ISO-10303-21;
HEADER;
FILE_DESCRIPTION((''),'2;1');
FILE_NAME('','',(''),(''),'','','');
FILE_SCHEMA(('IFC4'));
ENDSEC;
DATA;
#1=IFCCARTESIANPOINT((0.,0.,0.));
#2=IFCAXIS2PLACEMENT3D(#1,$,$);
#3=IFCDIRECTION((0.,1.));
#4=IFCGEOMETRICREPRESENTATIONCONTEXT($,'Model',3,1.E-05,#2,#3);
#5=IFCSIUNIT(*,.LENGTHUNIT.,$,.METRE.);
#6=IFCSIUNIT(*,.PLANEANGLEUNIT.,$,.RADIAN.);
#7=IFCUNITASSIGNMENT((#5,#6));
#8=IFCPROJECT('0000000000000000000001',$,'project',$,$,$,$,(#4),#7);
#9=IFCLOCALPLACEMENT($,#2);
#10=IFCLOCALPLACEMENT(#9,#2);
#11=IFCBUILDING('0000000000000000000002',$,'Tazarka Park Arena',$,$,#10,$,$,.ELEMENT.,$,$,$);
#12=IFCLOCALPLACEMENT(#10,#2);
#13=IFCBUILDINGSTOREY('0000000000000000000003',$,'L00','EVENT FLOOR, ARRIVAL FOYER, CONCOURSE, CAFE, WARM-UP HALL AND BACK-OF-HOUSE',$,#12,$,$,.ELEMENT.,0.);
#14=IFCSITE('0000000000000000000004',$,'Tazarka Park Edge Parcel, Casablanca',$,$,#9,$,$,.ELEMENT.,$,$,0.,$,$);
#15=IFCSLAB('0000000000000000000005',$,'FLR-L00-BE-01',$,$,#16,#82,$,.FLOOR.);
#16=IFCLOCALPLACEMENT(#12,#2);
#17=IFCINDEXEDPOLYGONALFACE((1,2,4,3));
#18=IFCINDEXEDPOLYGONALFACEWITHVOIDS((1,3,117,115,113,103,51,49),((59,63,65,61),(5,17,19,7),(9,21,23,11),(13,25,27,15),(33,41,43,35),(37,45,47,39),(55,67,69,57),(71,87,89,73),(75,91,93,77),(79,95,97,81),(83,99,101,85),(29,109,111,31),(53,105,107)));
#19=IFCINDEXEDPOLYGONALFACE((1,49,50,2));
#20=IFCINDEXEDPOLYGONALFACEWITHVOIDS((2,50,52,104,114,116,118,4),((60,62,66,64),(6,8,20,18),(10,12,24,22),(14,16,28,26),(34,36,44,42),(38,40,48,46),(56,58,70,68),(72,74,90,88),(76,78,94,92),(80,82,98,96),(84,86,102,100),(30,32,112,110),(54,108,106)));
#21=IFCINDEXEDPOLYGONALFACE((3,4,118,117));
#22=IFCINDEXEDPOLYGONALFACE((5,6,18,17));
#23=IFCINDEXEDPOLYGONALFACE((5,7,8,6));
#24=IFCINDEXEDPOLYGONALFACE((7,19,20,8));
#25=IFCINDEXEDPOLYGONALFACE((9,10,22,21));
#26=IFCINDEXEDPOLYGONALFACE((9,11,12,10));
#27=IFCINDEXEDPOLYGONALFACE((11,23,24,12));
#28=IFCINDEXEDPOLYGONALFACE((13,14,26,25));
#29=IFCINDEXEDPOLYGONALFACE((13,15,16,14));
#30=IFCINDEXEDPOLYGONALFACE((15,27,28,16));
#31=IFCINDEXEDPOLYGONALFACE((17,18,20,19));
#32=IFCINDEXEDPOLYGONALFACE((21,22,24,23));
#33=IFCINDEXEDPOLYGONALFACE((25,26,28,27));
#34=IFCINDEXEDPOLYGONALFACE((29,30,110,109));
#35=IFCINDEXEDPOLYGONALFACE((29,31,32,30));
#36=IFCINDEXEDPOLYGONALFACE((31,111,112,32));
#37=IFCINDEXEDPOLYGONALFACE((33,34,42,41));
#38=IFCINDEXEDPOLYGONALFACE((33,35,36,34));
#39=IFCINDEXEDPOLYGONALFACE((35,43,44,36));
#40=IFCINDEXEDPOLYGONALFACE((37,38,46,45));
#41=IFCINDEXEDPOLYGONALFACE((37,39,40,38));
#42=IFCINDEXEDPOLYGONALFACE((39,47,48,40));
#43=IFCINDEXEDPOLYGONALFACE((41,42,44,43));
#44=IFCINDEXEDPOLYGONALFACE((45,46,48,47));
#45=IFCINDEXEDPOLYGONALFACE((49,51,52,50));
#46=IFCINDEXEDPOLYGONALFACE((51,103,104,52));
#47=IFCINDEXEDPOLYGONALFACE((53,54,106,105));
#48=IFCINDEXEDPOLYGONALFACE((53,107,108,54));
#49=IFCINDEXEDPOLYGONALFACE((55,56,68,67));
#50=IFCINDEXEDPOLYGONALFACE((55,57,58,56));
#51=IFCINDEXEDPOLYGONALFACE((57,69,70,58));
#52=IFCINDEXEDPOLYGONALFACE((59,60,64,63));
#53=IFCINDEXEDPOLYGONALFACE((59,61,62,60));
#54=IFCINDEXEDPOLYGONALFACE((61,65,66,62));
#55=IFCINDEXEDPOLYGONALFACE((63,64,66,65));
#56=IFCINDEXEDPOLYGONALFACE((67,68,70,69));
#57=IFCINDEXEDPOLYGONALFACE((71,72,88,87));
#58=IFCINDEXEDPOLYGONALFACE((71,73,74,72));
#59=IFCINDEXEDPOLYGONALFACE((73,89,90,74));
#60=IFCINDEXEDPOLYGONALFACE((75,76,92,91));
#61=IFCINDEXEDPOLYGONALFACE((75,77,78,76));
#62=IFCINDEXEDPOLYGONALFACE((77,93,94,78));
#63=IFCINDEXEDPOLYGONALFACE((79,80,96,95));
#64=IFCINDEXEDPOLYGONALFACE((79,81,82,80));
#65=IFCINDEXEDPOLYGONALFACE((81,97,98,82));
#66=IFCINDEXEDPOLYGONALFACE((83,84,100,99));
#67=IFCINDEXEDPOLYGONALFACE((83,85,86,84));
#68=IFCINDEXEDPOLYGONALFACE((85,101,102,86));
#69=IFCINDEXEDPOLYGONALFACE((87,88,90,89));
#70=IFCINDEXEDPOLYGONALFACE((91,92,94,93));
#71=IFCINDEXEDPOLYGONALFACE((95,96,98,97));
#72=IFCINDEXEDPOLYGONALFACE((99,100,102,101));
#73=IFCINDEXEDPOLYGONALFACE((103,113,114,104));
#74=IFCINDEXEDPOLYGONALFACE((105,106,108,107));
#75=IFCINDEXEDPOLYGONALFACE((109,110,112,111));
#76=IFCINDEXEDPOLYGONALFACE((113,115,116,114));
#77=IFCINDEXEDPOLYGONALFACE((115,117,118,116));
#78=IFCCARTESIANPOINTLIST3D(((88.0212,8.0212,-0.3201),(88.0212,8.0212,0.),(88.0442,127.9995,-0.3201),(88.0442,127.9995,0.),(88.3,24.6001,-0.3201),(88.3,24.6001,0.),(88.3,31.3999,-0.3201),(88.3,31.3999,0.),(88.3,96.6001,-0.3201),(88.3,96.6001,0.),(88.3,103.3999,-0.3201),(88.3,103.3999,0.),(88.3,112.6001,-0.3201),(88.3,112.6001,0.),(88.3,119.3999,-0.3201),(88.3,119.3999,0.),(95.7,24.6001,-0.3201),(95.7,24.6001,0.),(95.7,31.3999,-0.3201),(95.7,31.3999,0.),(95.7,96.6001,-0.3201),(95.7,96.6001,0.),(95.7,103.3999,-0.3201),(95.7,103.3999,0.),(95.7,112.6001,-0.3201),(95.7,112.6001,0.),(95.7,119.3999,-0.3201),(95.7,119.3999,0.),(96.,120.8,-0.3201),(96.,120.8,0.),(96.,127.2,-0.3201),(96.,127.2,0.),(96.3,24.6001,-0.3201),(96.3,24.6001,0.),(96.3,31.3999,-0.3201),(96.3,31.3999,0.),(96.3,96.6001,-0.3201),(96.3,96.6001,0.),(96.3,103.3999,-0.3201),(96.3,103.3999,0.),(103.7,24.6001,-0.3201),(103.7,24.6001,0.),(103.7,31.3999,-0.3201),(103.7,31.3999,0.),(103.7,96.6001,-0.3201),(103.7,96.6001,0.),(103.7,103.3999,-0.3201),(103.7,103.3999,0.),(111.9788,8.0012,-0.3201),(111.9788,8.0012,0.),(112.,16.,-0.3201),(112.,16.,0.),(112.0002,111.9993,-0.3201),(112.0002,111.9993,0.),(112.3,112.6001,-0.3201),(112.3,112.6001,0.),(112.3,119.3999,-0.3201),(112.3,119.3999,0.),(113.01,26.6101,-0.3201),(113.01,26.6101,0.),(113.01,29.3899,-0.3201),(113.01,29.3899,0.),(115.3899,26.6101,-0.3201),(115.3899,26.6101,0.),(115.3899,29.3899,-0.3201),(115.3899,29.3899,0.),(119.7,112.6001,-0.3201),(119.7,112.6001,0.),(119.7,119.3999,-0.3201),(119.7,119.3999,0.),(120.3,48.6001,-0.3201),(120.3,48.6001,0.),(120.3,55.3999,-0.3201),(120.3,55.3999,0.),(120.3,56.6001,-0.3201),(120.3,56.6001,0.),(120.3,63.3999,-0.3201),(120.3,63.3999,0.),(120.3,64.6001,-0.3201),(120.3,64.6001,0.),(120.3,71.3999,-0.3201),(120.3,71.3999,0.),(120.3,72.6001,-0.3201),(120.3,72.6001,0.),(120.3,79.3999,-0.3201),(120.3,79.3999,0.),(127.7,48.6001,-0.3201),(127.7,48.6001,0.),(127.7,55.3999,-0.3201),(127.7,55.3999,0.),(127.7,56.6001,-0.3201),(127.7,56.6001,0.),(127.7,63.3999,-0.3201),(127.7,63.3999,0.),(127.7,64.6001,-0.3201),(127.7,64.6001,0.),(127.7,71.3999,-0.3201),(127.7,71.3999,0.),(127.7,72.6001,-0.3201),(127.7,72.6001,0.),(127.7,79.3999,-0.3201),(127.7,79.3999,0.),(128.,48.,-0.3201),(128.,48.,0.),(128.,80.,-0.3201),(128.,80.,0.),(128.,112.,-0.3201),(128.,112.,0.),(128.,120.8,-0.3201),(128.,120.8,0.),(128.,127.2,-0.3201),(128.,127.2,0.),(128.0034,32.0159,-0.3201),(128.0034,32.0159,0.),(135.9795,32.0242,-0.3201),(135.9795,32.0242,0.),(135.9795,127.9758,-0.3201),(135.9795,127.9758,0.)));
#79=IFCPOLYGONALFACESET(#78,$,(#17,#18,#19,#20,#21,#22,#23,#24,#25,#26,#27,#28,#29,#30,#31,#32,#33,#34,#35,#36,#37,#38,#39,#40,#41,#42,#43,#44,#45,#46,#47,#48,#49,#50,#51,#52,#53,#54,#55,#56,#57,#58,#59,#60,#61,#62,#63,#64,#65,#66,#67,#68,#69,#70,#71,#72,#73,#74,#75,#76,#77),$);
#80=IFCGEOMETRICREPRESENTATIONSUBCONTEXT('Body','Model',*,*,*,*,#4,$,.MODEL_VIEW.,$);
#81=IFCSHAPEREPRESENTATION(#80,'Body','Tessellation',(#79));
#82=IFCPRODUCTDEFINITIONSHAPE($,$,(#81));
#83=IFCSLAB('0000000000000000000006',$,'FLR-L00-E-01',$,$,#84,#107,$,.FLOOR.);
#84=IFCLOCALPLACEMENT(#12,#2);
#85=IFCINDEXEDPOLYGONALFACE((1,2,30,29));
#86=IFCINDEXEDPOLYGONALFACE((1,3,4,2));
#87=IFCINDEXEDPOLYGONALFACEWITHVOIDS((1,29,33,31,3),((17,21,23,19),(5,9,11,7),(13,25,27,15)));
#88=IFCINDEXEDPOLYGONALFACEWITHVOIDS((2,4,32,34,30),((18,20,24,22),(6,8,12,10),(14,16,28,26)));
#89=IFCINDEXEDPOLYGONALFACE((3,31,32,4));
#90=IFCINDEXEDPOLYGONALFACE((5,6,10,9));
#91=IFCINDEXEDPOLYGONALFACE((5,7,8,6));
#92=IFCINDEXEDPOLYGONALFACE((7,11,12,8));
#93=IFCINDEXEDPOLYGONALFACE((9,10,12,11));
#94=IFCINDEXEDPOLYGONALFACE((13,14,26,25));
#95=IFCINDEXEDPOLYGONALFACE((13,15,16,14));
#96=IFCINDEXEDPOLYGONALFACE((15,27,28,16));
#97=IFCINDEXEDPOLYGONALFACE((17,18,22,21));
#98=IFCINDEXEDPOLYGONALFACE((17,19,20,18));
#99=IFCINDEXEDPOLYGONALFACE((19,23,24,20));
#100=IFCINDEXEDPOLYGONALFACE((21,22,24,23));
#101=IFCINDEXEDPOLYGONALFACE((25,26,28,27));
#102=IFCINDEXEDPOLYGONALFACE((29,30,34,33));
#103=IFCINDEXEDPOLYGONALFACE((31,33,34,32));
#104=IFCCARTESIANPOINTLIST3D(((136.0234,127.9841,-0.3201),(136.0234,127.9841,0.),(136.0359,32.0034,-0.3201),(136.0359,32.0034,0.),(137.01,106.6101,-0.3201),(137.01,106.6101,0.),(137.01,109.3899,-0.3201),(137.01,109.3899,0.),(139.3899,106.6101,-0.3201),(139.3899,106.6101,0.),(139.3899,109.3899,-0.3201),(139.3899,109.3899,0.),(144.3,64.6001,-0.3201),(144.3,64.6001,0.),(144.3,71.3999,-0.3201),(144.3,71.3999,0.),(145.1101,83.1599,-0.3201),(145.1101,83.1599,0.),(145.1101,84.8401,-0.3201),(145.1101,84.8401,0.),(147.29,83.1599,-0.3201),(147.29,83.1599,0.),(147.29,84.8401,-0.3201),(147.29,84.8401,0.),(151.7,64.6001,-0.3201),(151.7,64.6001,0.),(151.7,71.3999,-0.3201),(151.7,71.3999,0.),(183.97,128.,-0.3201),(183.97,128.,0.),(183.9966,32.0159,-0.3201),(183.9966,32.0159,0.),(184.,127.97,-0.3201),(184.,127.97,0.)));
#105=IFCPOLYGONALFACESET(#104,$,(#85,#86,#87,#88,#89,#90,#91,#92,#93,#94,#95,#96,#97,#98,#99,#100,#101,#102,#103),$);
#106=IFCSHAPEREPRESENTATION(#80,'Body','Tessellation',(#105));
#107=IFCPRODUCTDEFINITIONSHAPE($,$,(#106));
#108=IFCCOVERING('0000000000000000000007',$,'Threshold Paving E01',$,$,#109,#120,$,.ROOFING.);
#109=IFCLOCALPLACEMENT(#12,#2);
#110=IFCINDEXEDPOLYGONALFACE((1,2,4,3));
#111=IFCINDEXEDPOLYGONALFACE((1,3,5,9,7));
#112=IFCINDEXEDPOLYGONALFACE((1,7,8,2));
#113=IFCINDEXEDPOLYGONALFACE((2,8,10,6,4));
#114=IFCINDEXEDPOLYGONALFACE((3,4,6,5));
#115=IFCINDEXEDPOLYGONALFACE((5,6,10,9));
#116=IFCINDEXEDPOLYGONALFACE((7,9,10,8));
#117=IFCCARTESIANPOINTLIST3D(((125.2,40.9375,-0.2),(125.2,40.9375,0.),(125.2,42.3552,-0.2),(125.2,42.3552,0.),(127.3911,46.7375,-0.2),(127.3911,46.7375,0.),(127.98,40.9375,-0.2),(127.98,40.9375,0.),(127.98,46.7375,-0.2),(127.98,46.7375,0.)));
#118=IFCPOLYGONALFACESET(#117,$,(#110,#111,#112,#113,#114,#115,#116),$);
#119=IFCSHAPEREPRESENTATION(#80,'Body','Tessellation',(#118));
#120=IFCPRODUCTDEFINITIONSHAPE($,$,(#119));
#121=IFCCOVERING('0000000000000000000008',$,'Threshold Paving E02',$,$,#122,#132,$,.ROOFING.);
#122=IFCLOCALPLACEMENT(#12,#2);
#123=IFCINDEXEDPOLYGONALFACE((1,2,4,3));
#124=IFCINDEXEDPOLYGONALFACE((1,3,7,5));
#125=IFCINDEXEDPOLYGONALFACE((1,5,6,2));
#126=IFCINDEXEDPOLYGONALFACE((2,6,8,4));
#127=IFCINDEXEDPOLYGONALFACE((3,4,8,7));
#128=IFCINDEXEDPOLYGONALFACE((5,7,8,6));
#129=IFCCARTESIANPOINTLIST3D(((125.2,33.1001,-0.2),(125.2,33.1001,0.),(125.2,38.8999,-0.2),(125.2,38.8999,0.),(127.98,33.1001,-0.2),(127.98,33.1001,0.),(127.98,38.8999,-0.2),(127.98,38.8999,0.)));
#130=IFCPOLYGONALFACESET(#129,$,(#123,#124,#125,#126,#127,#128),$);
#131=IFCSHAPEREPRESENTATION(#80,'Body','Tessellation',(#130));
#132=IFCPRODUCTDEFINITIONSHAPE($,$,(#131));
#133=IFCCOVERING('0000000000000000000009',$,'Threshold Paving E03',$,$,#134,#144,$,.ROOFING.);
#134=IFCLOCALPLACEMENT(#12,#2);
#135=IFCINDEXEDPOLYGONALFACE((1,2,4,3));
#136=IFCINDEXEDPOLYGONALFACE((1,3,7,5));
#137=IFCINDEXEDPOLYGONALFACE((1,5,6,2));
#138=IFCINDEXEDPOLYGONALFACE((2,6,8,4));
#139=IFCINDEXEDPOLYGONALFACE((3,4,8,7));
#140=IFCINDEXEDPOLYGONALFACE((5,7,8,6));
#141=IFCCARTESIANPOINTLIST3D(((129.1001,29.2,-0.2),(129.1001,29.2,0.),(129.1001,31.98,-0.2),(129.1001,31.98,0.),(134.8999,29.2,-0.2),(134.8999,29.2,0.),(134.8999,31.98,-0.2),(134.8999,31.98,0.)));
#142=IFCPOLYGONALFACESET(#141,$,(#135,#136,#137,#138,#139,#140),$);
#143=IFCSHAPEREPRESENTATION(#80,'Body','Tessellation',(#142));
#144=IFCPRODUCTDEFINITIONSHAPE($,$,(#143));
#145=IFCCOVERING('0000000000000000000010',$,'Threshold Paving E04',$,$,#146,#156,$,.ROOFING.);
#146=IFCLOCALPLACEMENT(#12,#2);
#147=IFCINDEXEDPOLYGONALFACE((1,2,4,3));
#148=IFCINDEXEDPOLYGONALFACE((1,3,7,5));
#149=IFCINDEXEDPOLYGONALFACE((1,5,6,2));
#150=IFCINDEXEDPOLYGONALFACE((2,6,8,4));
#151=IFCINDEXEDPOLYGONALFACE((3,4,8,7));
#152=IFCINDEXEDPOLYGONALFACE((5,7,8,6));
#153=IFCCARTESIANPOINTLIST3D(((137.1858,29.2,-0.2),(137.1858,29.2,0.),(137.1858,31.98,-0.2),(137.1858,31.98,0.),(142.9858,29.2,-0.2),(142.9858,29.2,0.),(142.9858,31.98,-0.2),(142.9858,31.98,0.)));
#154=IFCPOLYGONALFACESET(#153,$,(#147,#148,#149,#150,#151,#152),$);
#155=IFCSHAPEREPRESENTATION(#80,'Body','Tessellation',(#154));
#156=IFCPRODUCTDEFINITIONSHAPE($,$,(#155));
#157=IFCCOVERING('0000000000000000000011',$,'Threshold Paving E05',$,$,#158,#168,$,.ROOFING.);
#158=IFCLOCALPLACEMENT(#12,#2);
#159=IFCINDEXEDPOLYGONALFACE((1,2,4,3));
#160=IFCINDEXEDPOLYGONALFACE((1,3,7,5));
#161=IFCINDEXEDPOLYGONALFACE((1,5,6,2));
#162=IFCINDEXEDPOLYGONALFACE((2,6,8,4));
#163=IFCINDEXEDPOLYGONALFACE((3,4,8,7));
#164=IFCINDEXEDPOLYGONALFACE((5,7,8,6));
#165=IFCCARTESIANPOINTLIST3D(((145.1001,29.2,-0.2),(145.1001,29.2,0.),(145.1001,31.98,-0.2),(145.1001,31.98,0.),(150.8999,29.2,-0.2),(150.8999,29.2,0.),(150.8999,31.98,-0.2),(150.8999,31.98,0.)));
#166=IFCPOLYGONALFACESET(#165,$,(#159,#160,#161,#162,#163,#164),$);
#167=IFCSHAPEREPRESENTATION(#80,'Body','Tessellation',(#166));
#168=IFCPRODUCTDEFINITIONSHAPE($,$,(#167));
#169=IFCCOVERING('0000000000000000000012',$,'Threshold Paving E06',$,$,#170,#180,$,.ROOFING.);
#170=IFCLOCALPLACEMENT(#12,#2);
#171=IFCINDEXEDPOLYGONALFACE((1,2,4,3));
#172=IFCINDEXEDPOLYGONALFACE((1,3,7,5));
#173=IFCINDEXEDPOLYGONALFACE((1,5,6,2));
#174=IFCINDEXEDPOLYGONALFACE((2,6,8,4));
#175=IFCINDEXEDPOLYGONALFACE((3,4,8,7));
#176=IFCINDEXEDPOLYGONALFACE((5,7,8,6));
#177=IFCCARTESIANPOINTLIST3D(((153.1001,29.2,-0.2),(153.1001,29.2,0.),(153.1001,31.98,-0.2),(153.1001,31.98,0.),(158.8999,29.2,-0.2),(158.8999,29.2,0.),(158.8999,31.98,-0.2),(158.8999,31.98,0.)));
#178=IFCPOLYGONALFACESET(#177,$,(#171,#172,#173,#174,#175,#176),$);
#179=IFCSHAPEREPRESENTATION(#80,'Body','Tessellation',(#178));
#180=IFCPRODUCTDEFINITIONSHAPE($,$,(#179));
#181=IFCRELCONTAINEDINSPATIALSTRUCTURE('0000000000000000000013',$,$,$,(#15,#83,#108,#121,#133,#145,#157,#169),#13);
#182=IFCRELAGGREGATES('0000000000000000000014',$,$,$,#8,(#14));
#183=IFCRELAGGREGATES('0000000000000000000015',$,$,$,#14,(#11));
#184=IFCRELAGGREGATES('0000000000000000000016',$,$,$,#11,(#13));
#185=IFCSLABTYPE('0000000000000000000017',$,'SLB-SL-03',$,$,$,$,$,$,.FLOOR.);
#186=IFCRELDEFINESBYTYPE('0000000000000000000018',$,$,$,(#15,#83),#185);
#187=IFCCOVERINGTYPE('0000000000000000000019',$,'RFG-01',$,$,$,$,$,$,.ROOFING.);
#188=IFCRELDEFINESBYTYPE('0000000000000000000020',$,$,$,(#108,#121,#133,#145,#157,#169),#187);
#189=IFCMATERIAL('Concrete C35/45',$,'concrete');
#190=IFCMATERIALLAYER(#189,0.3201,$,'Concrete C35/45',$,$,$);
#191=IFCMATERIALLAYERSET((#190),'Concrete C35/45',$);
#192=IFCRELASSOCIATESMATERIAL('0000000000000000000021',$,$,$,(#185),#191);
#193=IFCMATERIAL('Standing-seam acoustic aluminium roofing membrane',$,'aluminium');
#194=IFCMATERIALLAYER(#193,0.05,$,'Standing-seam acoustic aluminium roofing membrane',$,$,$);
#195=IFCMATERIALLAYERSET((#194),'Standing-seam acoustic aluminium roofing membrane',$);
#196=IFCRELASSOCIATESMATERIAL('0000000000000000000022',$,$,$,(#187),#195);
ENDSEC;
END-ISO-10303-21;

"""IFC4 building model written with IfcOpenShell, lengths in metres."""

from ifc_helpers import new_model, si_unit, direction, frame, origin, place, context, subcontext, project, spatial, polyline, outline, extrude, material, layer, layer_set, type_object, element, save


model = new_model("IFC4")

# Units and contexts
model_context = context("Model", 3, precision=1e-05, world=origin(), true_north=direction((0.0, 1.0)))
body_context = subcontext(model_context, "Body", "Model", "MODEL_VIEW")
ifc_project = project(units=[si_unit("LENGTHUNIT", "METRE"), si_unit("PLANEANGLEUNIT", "RADIAN")], contexts=[model_context])

# Site, building, storey
site_placement = place(None, origin())
site = spatial("IfcSite", under=ifc_project, at=site_placement, Name="Tazarka Park Edge Parcel, Casablanca", CompositionType="ELEMENT", RefElevation=0.0)
building_placement = place(site_placement, origin())
building = spatial("IfcBuilding", under=site, at=building_placement, Name="Tazarka Park Arena", CompositionType="ELEMENT")
storey_placement = place(building_placement, origin())
storey = spatial("IfcBuildingStorey", under=building, at=storey_placement, Name="L00", Description="EVENT FLOOR, ARRIVAL FOYER, CONCOURSE, CAFE, WARM-UP HALL AND BACK-OF-HOUSE", CompositionType="ELEMENT", Elevation=0.0)

# Slabs
ifc_material_1 = material(Name="Concrete C35/45", Category="concrete")
ifc_layer_1 = layer(ifc_material_1, 0.3201, Name="Concrete C35/45")
ifc_layer_set_1 = layer_set([ifc_layer_1], Name="Concrete C35/45")
slab_type = type_object("IfcSlabType", Name="SLB-SL-03", PredefinedType="FLOOR", material=ifc_layer_set_1)
slab_1_placement = place(storey_placement, frame((0.0, 0.0, -0.3201)))
element("IfcSlab", 1, at=slab_1_placement, inside=storey, type_object=slab_type, Name="FLR-L00-BE-01", PredefinedType="FLOOR", context=body_context, shape_type="SweptSolid", body=[
    extrude(outline(polyline([(112.0, 16.0), (111.9788, 8.0012), (88.0212, 8.0212), (88.0442, 127.9995), (135.9795, 127.9758), (135.9795, 32.0242), (128.0034, 32.0159), (128.0, 48.0), (112.0, 16.0)]), holes=[polyline([(128.0, 112.0), (112.0002, 111.9993), (128.0, 80.0), (128.0, 112.0)]), polyline([(96.0, 120.8), (128.0, 120.8), (128.0, 127.2), (96.0, 127.2), (96.0, 120.8)]), polyline([(120.3, 48.6001), (127.7, 48.6001), (127.7, 55.3999), (120.3, 55.3999), (120.3, 48.6001)]), polyline([(120.3, 56.6001), (127.7, 56.6001), (127.7, 63.3999), (120.3, 63.3999), (120.3, 56.6001)]), polyline([(120.3, 64.6001), (127.7, 64.6001), (127.7, 71.3999), (120.3, 71.3999), (120.3, 64.6001)]), polyline([(120.3, 72.6001), (127.7, 72.6001), (127.7, 79.3999), (120.3, 79.3999), (120.3, 72.6001)]), polyline([(112.3, 112.6001), (119.7, 112.6001), (119.7, 119.3999), (112.3, 119.3999), (112.3, 112.6001)]), polyline([(113.01, 26.6101), (115.3899, 26.6101), (115.3899, 29.3899), (113.01, 29.3899), (113.01, 26.6101)]), polyline([(96.3, 24.6001), (103.7, 24.6001), (103.7, 31.3999), (96.3, 31.3999), (96.3, 24.6001)]), polyline([(96.3, 96.6001), (103.7, 96.6001), (103.7, 103.3999), (96.3, 103.3999), (96.3, 96.6001)]), polyline([(88.3, 24.6001), (95.7, 24.6001), (95.7, 31.3999), (88.3, 31.3999), (88.3, 24.6001)]), polyline([(88.3, 96.6001), (95.7, 96.6001), (95.7, 103.3999), (88.3, 103.3999), (88.3, 96.6001)]), polyline([(88.3, 112.6001), (95.7, 112.6001), (95.7, 119.3999), (88.3, 119.3999), (88.3, 112.6001)])]), origin(), (0.0, 0.0, 1.0), 0.3201),
])
slab_2_placement = place(storey_placement, frame((0.0, 0.0, -0.3201)))
element("IfcSlab", 2, at=slab_2_placement, inside=storey, type_object=slab_type, Name="FLR-L00-E-01", PredefinedType="FLOOR", context=body_context, shape_type="SweptSolid", body=[
    extrude(outline(polyline([(183.97, 128.0), (184.0, 127.97), (183.9966, 32.0159), (136.0359, 32.0034), (136.0234, 127.9841), (183.97, 128.0)]), holes=[polyline([(144.3, 64.6001), (151.7, 64.6001), (151.7, 71.3999), (144.3, 71.3999), (144.3, 64.6001)]), polyline([(145.1101, 83.1599), (147.29, 83.1599), (147.29, 84.8401), (145.1101, 84.8401), (145.1101, 83.1599)]), polyline([(137.01, 106.6101), (139.3899, 106.6101), (139.3899, 109.3899), (137.01, 109.3899), (137.01, 106.6101)])]), origin(), (0.0, 0.0, 1.0), 0.3201),
])

# Coverings
ifc_material_2 = material(Name="Standing-seam acoustic aluminium roofing membrane", Category="aluminium")
ifc_layer_2 = layer(ifc_material_2, 0.05, Name="Standing-seam acoustic aluminium roofing membrane")
ifc_layer_set_2 = layer_set([ifc_layer_2], Name="Standing-seam acoustic aluminium roofing membrane")
covering_type = type_object("IfcCoveringType", Name="RFG-01", PredefinedType="ROOFING", material=ifc_layer_set_2)
covering_1_placement = place(storey_placement, frame((0.0, 0.0, -0.2)))
element("IfcCovering", 3, at=covering_1_placement, inside=storey, type_object=covering_type, Name="Threshold Paving E01", PredefinedType="ROOFING", context=body_context, shape_type="SweptSolid", body=[
    extrude(outline(polyline([(127.98, 46.7375), (127.98, 40.9375), (125.2, 40.9375), (125.2, 42.3552), (127.3911, 46.7375), (127.98, 46.7375)])), origin(), (0.0, 0.0, 1.0), 0.2),
])
covering_2_placement = place(storey_placement, frame((0.0, 0.0, -0.2)))
element("IfcCovering", 4, at=covering_2_placement, inside=storey, type_object=covering_type, Name="Threshold Paving E02", PredefinedType="ROOFING", context=body_context, shape_type="SweptSolid", body=[
    extrude(outline(polyline([(125.2, 33.1001), (125.2, 38.8999), (127.98, 38.8999), (127.98, 33.1001), (125.2, 33.1001)])), origin(), (0.0, 0.0, 1.0), 0.2),
])
covering_3_placement = place(storey_placement, frame((0.0, 0.0, -0.2)))
element("IfcCovering", 5, at=covering_3_placement, inside=storey, type_object=covering_type, Name="Threshold Paving E03", PredefinedType="ROOFING", context=body_context, shape_type="SweptSolid", body=[
    extrude(outline(polyline([(134.8999, 29.2), (129.1001, 29.2), (129.1001, 31.98), (134.8999, 31.98), (134.8999, 29.2)])), origin(), (0.0, 0.0, 1.0), 0.2),
])
covering_4_placement = place(storey_placement, frame((0.0, 0.0, -0.2)))
element("IfcCovering", 6, at=covering_4_placement, inside=storey, type_object=covering_type, Name="Threshold Paving E04", PredefinedType="ROOFING", context=body_context, shape_type="SweptSolid", body=[
    extrude(outline(polyline([(142.9858, 29.2), (137.1858, 29.2), (137.1858, 31.98), (142.9858, 31.98), (142.9858, 29.2)])), origin(), (0.0, 0.0, 1.0), 0.2),
])
covering_5_placement = place(storey_placement, frame((0.0, 0.0, -0.2)))
element("IfcCovering", 7, at=covering_5_placement, inside=storey, type_object=covering_type, Name="Threshold Paving E05", PredefinedType="ROOFING", context=body_context, shape_type="SweptSolid", body=[
    extrude(outline(polyline([(150.8999, 29.2), (145.1001, 29.2), (145.1001, 31.98), (150.8999, 31.98), (150.8999, 29.2)])), origin(), (0.0, 0.0, 1.0), 0.2),
])
covering_6_placement = place(storey_placement, frame((0.0, 0.0, -0.2)))
element("IfcCovering", 8, at=covering_6_placement, inside=storey, type_object=covering_type, Name="Threshold Paving E06", PredefinedType="ROOFING", context=body_context, shape_type="SweptSolid", body=[
    extrude(outline(polyline([(158.8999, 29.2), (153.1001, 29.2), (153.1001, 31.98), (158.8999, 31.98), (158.8999, 29.2)])), origin(), (0.0, 0.0, 1.0), 0.2),
])

save(model, "model.ifc")
